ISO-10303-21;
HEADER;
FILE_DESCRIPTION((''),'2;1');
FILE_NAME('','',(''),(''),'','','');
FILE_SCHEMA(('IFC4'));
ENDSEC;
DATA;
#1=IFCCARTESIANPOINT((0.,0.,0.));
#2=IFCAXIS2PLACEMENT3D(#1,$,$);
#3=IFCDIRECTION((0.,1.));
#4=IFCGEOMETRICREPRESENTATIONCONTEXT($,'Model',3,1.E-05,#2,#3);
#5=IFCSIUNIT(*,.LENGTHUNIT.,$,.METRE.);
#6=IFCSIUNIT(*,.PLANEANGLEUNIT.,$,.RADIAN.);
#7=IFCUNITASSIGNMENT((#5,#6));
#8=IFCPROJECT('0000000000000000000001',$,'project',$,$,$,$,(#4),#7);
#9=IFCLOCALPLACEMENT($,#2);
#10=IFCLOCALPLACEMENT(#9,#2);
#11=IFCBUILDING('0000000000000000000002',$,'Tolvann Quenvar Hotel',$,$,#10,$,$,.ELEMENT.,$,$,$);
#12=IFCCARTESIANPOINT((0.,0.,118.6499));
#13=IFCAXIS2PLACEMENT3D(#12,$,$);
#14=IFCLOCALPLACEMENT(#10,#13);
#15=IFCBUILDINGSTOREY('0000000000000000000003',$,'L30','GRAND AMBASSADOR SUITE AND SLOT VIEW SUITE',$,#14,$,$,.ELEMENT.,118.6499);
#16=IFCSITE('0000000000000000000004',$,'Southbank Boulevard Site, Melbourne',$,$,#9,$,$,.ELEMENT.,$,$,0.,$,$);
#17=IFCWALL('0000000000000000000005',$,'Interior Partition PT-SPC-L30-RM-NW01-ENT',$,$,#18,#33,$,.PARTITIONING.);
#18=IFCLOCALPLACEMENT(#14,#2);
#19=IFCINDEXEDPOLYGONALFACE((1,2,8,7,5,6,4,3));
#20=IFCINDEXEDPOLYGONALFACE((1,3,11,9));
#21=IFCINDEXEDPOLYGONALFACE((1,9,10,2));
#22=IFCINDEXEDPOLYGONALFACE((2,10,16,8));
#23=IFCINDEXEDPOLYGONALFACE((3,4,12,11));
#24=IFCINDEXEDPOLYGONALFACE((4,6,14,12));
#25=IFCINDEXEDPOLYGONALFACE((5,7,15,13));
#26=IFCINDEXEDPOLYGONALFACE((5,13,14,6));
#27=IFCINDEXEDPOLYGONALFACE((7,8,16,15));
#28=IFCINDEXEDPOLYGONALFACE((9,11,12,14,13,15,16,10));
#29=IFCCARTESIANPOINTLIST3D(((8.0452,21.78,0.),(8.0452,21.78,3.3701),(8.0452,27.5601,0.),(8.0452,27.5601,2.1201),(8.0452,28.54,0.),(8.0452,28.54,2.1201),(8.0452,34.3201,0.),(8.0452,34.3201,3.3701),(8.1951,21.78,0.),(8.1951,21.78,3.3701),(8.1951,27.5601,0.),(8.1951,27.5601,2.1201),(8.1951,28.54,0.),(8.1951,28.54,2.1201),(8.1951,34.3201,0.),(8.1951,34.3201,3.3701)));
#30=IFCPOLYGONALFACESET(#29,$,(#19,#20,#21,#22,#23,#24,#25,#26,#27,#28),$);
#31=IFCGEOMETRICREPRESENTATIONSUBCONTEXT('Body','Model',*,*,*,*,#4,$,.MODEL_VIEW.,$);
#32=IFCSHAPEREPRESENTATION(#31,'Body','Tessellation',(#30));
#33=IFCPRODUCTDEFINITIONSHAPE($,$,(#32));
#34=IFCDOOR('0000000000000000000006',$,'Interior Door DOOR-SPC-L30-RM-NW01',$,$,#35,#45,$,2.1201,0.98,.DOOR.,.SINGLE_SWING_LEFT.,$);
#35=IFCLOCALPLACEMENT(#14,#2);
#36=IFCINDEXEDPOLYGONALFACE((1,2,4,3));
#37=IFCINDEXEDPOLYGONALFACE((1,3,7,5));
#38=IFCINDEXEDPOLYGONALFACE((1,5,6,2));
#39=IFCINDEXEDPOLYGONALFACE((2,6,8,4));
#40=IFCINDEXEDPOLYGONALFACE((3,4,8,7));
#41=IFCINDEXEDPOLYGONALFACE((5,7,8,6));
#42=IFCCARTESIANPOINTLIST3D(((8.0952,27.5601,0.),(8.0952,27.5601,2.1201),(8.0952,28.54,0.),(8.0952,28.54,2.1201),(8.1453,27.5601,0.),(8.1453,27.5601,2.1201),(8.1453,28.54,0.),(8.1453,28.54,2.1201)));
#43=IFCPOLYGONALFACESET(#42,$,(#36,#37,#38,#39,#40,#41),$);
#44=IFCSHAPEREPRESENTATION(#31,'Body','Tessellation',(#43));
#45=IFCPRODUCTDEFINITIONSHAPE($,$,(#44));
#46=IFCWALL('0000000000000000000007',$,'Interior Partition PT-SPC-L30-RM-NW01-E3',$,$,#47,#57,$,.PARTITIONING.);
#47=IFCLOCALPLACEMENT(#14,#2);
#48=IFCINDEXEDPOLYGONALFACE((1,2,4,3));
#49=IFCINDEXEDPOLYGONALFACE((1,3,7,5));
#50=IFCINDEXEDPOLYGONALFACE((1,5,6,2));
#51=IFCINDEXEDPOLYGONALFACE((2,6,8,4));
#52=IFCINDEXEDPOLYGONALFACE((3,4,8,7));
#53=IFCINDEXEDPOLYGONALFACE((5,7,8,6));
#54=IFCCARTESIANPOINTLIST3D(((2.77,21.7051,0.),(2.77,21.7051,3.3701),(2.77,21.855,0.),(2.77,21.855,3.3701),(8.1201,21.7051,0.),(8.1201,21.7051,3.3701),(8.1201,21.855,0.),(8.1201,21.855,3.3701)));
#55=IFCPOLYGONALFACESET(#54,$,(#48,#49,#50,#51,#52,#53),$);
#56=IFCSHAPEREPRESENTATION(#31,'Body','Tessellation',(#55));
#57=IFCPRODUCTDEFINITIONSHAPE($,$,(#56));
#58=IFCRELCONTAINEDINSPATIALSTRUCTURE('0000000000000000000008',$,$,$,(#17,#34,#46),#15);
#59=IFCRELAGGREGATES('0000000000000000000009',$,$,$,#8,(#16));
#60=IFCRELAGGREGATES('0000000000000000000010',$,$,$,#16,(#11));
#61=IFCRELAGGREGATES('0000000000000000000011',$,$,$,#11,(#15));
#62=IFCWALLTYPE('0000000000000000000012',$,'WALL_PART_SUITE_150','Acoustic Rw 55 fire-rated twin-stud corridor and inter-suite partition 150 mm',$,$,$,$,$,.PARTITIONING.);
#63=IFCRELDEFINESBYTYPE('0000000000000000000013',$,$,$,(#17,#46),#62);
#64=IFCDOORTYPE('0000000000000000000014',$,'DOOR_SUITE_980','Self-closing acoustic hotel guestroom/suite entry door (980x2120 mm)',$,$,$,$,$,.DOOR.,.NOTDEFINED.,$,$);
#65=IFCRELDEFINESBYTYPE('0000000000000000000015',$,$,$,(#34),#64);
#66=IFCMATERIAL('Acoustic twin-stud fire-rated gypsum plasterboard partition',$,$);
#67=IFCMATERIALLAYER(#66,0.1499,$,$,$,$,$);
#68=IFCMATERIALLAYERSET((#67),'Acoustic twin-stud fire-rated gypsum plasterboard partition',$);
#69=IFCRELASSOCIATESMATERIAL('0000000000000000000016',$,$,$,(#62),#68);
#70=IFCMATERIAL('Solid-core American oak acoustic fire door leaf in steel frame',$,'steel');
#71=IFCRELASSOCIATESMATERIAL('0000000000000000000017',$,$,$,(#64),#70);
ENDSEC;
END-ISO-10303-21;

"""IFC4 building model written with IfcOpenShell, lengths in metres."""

from ifc_helpers import new_model, si_unit, direction, frame, frame_2d, origin, place, context, subcontext, project, spatial, rectangle, extrude, source, transform, mapped, material, layer, layer_set, type_object, type_shapes, element, fill, save


model = new_model("IFC4")

# Units and contexts
model_context = context("Model", 3, precision=1e-05, world=origin(), true_north=direction((0.0, 1.0)))
body_context = subcontext(model_context, "Body", "Model", "MODEL_VIEW")
ifc_project = project(units=[si_unit("LENGTHUNIT", "METRE"), si_unit("PLANEANGLEUNIT", "RADIAN")], contexts=[model_context])

# Site, building, storey
site_placement = place(None, origin())
site = spatial("IfcSite", under=ifc_project, at=site_placement, Name="Southbank Boulevard Site, Melbourne", CompositionType="ELEMENT", RefElevation=0.0)
building_placement = place(site_placement, origin())
building = spatial("IfcBuilding", under=site, at=building_placement, Name="Tolvann Quenvar Hotel", CompositionType="ELEMENT")
storey_placement = place(building_placement, frame((0.0, 0.0, 118.6499)))
storey = spatial("IfcBuildingStorey", under=building, at=storey_placement, Name="L30", Description="GRAND AMBASSADOR SUITE AND SLOT VIEW SUITE", CompositionType="ELEMENT", Elevation=118.6499)

# Shared definitions
ifc_material_1 = material(Name="Acoustic twin-stud fire-rated gypsum plasterboard partition")
ifc_material_2 = material(Name="Solid-core American oak acoustic fire door leaf in steel frame", Category="steel")

# Shared definitions
ifc_layer_1 = layer(ifc_material_1, 0.1499)
ifc_layer_set_1 = layer_set([ifc_layer_1], Name="Acoustic twin-stud fire-rated gypsum plasterboard partition")
wall_type_1 = type_object("IfcWallType", Name="WALL_PART_SUITE_150", Description="Acoustic Rw 55 fire-rated twin-stud corridor and inter-suite partition 150 mm", PredefinedType="PARTITIONING", material=ifc_layer_set_1)

# Shared definitions
door_type_1 = type_object("IfcDoorType", Name="DOOR_SUITE_980", Description="Self-closing acoustic hotel guestroom/suite entry door (980x2120 mm)", OperationType="NOTDEFINED", PredefinedType="DOOR", material=ifc_material_2)
shared_shape_1 = source(origin(), body_context, "Body", "SweptSolid", [
    extrude(rectangle(XDim=0.98, YDim=2.1201, at=frame_2d((0.49, 1.0601))), frame((0.0, 0.0249, 0.0), z_axis=(0.0, -1.0, 0.0), x_axis=(1.0, 0.0, 0.0)), (0.0, 0.0, 1.0), 0.05),
])
type_shapes(door_type_1, [shared_shape_1])

# Wall, opening, door
wall_1_placement = place(storey_placement, frame((8.1201, 21.78, 0.0), z_axis=(0.0, 0.0, 1.0), x_axis=(0.0, 1.0, 0.0)))
wall_1 = element("IfcWall", 1, at=wall_1_placement, inside=storey, type_object=wall_type_1, Name="Interior Partition PT-SPC-L30-RM-NW01-ENT", PredefinedType="PARTITIONING", context=body_context, shape_type="SweptSolid", body=[
    extrude(rectangle(XDim=12.54, YDim=0.1499, at=frame_2d((6.27, 0.0))), origin(), (0.0, 0.0, 1.0), 3.3701),
])
opening_1_placement = place(wall_1_placement, frame((5.78, 0.0, 0.0)))
opening_1 = element("IfcOpeningElement", 2, at=opening_1_placement, cuts=wall_1, PredefinedType="OPENING", context=body_context, shape_type="SweptSolid", body=[
    extrude(rectangle(XDim=0.98, YDim=2.1201, at=frame_2d((0.49, 1.0601))), frame((0.0, 0.085, 0.0), z_axis=(0.0, -1.0, 0.0), x_axis=(1.0, 0.0, 0.0)), (0.0, 0.0, 1.0), 0.1699),
])
door_1_placement = place(opening_1_placement, origin())
door_1 = element("IfcDoor", 3, at=door_1_placement, inside=storey, type_object=door_type_1, Name="Interior Door DOOR-SPC-L30-RM-NW01", OperationType="SINGLE_SWING_LEFT", OverallHeight=2.1201, OverallWidth=0.98, PredefinedType="DOOR", context=body_context, shape_type="MappedRepresentation", body=[
    mapped(shared_shape_1, transform((0.0, 0.0, 0.0), x_axis=(1.0, 0.0, 0.0), y_axis=(0.0, 1.0, 0.0), z_axis=(0.0, 0.0, 1.0), scale=1.0)),
])
fill(opening_1, door_1)

# Wall
wall_2_placement = place(storey_placement, frame((2.77, 21.78, 0.0), z_axis=(0.0, 0.0, 1.0), x_axis=(1.0, 0.0, 0.0)))
element("IfcWall", 4, at=wall_2_placement, inside=storey, type_object=wall_type_1, Name="Interior Partition PT-SPC-L30-RM-NW01-E3", PredefinedType="PARTITIONING", context=body_context, shape_type="SweptSolid", body=[
    extrude(rectangle(XDim=5.3501, YDim=0.1499, at=frame_2d((2.675, 0.0))), origin(), (0.0, 0.0, 1.0), 3.3701),
])

save(model, "model.ifc")
